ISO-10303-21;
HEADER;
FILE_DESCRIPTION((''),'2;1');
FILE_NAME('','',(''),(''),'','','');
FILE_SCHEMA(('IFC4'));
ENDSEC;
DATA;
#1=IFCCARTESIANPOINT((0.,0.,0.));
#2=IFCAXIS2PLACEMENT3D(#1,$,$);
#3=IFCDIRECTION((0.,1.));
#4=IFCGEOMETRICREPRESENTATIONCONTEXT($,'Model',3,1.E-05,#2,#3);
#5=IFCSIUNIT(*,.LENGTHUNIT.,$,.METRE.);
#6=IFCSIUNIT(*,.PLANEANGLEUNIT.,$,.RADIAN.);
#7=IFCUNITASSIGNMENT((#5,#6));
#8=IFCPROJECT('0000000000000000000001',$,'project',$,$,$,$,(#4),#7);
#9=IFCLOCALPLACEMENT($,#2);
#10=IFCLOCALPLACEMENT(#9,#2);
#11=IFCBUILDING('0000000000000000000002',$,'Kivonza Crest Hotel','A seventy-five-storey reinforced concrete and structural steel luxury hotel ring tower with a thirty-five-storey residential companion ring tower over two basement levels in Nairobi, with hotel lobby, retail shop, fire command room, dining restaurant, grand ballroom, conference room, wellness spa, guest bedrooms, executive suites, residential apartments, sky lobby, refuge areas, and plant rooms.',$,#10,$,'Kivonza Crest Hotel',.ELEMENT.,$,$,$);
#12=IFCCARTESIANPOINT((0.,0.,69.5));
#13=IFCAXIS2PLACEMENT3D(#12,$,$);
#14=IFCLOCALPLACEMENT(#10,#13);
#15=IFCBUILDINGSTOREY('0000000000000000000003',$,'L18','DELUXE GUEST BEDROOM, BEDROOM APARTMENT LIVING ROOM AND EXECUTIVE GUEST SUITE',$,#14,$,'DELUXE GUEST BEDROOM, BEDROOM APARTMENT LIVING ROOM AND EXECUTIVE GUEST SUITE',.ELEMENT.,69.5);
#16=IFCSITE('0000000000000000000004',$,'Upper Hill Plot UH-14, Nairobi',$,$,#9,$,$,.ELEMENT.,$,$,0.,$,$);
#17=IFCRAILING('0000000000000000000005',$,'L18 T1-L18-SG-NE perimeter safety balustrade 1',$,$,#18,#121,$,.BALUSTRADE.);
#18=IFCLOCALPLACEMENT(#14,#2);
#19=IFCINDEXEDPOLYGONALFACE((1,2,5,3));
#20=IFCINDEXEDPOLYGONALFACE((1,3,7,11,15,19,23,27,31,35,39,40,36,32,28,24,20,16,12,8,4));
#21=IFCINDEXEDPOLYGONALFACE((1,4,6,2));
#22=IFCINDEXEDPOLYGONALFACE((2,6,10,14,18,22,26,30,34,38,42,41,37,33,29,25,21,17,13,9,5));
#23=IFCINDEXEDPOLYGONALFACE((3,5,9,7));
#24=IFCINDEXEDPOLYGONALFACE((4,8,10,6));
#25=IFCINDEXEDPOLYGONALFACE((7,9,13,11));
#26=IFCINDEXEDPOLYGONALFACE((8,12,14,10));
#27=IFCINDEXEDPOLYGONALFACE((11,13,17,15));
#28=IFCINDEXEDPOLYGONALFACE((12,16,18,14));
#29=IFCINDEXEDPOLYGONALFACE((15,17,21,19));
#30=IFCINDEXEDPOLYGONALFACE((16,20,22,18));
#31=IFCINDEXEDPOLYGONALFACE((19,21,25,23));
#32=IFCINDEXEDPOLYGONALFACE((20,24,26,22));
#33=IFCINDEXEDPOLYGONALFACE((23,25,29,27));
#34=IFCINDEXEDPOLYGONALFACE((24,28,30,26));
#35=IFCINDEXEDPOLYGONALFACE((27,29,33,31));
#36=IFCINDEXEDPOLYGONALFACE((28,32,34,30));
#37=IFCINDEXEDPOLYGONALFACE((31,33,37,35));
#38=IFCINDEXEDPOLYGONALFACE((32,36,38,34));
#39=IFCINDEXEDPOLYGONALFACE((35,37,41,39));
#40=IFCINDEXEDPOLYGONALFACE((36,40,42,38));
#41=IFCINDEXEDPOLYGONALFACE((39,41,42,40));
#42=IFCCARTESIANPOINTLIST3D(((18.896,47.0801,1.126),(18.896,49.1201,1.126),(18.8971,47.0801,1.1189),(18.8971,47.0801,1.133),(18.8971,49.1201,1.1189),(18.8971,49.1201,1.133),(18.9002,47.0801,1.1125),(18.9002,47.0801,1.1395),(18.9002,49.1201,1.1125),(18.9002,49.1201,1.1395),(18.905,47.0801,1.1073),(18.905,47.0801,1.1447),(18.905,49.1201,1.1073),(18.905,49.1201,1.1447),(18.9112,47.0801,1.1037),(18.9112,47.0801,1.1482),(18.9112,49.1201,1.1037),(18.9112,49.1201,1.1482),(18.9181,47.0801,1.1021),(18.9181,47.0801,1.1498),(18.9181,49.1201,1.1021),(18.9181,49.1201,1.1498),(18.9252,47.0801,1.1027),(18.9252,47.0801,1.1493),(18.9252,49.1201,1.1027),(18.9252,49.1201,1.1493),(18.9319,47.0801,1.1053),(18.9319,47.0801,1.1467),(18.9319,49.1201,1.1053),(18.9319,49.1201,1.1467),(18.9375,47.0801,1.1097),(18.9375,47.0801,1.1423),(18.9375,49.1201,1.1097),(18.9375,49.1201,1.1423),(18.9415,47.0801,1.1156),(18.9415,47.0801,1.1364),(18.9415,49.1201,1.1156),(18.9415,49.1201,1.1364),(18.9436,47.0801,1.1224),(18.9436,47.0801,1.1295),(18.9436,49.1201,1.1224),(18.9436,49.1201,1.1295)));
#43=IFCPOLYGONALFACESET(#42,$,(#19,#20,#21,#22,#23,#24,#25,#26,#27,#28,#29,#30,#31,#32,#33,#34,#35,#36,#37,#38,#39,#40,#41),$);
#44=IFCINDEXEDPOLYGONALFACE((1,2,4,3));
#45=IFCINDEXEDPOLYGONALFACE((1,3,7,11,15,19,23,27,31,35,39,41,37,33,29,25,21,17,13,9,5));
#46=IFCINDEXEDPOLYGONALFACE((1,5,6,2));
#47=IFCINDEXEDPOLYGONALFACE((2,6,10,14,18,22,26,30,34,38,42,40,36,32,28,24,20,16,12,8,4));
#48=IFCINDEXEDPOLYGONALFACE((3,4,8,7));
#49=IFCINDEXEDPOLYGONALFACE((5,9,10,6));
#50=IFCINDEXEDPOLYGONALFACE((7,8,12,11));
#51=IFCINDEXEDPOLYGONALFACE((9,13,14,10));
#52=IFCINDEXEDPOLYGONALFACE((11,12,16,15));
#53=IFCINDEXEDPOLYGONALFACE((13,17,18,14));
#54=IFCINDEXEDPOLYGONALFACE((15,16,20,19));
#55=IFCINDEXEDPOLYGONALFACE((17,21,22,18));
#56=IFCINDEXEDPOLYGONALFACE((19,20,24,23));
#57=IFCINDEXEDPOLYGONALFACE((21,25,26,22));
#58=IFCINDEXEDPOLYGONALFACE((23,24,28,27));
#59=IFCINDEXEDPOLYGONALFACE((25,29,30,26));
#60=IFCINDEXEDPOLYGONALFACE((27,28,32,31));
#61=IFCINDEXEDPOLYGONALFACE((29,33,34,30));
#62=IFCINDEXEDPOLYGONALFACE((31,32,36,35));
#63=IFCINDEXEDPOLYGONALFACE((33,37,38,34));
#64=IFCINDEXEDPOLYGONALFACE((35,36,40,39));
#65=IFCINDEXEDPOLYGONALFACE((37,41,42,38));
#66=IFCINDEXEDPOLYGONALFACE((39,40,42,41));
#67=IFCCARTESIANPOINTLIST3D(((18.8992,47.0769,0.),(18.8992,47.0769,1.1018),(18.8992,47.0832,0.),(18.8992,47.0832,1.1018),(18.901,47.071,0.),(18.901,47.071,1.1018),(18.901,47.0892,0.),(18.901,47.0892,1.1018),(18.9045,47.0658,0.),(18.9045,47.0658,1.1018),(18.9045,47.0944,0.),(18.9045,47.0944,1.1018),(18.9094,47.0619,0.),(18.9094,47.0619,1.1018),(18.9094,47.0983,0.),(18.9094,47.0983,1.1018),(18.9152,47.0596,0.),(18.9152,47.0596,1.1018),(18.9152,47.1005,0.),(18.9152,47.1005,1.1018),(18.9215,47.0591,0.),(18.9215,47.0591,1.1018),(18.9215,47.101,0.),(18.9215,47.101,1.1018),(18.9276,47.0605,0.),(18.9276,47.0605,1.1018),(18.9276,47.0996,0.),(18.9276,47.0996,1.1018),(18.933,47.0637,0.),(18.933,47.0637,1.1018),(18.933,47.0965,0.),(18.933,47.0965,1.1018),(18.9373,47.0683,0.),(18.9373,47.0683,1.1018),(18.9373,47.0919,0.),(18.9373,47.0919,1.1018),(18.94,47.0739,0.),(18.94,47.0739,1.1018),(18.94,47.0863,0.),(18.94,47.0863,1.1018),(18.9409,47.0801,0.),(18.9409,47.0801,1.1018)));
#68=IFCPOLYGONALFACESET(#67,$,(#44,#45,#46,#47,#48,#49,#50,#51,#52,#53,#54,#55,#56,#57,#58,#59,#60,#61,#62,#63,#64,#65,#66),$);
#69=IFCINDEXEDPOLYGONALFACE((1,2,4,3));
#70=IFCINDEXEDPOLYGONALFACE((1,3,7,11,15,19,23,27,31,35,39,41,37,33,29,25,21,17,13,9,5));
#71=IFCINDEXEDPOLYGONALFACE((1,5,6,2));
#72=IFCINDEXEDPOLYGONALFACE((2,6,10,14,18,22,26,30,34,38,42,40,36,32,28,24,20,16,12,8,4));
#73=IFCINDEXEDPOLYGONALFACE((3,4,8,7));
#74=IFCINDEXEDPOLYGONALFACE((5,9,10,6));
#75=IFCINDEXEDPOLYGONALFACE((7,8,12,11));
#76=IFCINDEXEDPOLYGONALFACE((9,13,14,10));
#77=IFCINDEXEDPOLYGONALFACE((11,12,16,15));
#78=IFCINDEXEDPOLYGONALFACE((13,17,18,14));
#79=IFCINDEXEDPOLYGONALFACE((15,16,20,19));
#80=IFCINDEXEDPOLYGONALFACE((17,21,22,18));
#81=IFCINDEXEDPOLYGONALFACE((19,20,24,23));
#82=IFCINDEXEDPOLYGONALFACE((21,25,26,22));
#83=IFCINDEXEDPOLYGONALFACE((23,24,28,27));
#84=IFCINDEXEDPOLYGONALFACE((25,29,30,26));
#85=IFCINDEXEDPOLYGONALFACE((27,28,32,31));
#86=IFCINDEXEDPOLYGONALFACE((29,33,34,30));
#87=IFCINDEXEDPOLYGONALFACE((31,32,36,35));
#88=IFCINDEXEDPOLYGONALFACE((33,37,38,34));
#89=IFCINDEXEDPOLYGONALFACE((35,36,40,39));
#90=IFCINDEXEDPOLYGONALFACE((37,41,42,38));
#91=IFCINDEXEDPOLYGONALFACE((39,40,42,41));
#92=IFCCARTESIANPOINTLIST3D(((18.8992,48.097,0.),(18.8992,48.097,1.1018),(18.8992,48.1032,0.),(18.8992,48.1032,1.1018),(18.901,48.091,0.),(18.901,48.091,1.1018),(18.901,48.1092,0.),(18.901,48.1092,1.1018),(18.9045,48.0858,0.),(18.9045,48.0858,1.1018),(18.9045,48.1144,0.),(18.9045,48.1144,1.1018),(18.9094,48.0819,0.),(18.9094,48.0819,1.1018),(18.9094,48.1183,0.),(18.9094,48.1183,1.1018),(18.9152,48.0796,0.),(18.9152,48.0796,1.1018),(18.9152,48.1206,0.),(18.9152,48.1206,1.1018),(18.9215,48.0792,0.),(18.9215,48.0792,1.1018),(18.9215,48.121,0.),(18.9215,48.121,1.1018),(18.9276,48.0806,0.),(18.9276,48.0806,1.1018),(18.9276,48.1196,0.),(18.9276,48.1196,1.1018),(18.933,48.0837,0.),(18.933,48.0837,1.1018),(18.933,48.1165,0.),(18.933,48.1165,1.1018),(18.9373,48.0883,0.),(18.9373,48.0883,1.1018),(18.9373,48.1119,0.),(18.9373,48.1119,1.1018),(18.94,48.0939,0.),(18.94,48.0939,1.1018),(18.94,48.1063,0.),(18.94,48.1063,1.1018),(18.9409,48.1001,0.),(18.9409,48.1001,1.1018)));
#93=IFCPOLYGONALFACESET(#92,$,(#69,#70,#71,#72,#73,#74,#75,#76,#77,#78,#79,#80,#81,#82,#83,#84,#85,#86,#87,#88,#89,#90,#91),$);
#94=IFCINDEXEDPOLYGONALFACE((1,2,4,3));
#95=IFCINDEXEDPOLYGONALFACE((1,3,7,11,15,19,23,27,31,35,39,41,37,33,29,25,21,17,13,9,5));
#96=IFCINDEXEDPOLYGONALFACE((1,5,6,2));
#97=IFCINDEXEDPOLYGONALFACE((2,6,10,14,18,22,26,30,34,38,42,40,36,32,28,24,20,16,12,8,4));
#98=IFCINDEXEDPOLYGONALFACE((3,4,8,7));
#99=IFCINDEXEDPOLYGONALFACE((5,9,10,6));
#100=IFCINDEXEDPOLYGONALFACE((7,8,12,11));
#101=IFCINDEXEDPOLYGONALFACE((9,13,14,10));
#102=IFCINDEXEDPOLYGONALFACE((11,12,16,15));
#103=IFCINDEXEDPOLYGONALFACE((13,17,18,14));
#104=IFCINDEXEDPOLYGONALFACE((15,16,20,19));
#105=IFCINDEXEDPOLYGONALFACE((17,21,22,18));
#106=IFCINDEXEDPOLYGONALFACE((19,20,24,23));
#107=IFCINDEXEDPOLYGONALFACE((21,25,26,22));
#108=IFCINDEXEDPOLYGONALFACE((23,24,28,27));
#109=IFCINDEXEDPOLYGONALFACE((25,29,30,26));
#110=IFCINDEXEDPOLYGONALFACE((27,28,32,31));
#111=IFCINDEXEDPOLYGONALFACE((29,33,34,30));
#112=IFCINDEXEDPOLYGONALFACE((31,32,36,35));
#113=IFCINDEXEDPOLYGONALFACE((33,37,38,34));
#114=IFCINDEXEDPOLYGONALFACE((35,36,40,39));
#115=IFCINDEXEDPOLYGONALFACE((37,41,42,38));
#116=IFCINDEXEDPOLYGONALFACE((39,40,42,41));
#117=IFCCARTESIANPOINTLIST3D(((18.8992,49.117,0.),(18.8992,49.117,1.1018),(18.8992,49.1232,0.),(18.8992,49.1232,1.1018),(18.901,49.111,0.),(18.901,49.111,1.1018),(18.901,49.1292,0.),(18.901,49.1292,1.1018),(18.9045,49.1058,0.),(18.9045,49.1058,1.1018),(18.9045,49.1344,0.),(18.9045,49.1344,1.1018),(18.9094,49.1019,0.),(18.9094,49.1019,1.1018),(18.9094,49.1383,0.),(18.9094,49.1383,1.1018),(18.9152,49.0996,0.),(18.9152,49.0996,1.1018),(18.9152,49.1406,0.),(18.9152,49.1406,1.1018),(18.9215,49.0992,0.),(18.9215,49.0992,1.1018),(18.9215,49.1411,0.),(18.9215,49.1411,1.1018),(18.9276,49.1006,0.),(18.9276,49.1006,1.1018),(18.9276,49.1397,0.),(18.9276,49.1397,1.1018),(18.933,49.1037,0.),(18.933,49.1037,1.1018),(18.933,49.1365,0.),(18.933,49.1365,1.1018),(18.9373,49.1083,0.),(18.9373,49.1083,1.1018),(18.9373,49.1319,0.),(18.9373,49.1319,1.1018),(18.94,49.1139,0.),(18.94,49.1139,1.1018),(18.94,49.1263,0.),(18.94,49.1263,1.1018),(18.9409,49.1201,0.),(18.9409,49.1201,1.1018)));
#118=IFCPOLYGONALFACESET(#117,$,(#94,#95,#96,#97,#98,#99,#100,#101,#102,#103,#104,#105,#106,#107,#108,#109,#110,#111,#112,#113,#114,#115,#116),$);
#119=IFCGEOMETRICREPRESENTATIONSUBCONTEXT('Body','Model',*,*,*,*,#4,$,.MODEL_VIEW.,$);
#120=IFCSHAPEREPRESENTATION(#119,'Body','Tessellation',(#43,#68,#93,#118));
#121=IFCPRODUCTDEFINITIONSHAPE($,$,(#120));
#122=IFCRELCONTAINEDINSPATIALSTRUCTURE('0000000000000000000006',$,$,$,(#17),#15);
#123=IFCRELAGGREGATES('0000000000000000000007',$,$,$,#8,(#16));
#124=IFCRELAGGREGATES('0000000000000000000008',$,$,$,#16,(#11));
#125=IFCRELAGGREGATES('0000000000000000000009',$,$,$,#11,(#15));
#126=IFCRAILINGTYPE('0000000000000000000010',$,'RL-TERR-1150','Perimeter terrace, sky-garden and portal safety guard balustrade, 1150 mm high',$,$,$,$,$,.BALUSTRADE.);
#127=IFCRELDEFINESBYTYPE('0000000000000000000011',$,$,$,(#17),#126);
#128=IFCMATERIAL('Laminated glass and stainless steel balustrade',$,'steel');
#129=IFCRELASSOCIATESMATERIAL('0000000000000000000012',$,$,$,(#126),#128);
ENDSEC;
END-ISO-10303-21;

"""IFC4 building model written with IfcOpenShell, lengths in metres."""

from ifc_helpers import new_model, si_unit, direction, frame, origin, origin_2d, place, context, subcontext, project, spatial, circle, extrude, material, type_object, element, save


model = new_model("IFC4")

# Units and contexts
model_context = context("Model", 3, precision=1e-05, world=origin(), true_north=direction((0.0, 1.0)))
body_context = subcontext(model_context, "Body", "Model", "MODEL_VIEW")
ifc_project = project(units=[si_unit("LENGTHUNIT", "METRE"), si_unit("PLANEANGLEUNIT", "RADIAN")], contexts=[model_context])

# Site, building, storey
site_placement = place(None, origin())
site = spatial("IfcSite", under=ifc_project, at=site_placement, Name="Upper Hill Plot UH-14, Nairobi", CompositionType="ELEMENT", RefElevation=0.0)
building_placement = place(site_placement, origin())
building = spatial("IfcBuilding", under=site, at=building_placement, Name="Kivonza Crest Hotel", Description="A seventy-five-storey reinforced concrete and structural steel luxury hotel ring tower with a thirty-five-storey residential companion ring tower over two basement levels in Nairobi, with hotel lobby, retail shop, fire command room, dining restaurant, grand ballroom, conference room, wellness spa, guest bedrooms, executive suites, residential apartments, sky lobby, refuge areas, and plant rooms.", LongName="Kivonza Crest Hotel", CompositionType="ELEMENT")
storey_placement = place(building_placement, frame((0.0, 0.0, 69.5)))
storey = spatial("IfcBuildingStorey", under=building, at=storey_placement, Name="L18", Description="DELUXE GUEST BEDROOM, BEDROOM APARTMENT LIVING ROOM AND EXECUTIVE GUEST SUITE", LongName="DELUXE GUEST BEDROOM, BEDROOM APARTMENT LIVING ROOM AND EXECUTIVE GUEST SUITE", CompositionType="ELEMENT", Elevation=69.5)

# Railing
ifc_material_1 = material(Name="Laminated glass and stainless steel balustrade", Category="steel")
railing_type = type_object("IfcRailingType", Name="RL-TERR-1150", Description="Perimeter terrace, sky-garden and portal safety guard balustrade, 1150 mm high", PredefinedType="BALUSTRADE", material=ifc_material_1)
railing_1_placement = place(storey_placement, frame((18.9199, 47.0801, 0.0)))
element("IfcRailing", 1, at=railing_1_placement, inside=storey, type_object=railing_type, Name="L18 T1-L18-SG-NE perimeter safety balustrade 1", PredefinedType="BALUSTRADE", context=body_context, shape_type="SweptSolid", body=[
    extrude(circle(Radius=0.0239, at=origin_2d()), frame((0.0, 0.0, 1.126), z_axis=(0.0, 1.0, 0.0), x_axis=(-1.0, 0.0, 0.0)), (0.0, 0.0, 1.0), 2.04),
    extrude(circle(Radius=0.021, at=origin_2d()), origin(), (0.0, 0.0, 1.0), 1.1018),
    extrude(circle(Radius=0.021, at=origin_2d()), frame((0.0, 1.02, 0.0)), (0.0, 0.0, 1.0), 1.1018),
    extrude(circle(Radius=0.021, at=origin_2d()), frame((0.0, 2.04, 0.0)), (0.0, 0.0, 1.0), 1.1018),
])

save(model, "model.ifc")
